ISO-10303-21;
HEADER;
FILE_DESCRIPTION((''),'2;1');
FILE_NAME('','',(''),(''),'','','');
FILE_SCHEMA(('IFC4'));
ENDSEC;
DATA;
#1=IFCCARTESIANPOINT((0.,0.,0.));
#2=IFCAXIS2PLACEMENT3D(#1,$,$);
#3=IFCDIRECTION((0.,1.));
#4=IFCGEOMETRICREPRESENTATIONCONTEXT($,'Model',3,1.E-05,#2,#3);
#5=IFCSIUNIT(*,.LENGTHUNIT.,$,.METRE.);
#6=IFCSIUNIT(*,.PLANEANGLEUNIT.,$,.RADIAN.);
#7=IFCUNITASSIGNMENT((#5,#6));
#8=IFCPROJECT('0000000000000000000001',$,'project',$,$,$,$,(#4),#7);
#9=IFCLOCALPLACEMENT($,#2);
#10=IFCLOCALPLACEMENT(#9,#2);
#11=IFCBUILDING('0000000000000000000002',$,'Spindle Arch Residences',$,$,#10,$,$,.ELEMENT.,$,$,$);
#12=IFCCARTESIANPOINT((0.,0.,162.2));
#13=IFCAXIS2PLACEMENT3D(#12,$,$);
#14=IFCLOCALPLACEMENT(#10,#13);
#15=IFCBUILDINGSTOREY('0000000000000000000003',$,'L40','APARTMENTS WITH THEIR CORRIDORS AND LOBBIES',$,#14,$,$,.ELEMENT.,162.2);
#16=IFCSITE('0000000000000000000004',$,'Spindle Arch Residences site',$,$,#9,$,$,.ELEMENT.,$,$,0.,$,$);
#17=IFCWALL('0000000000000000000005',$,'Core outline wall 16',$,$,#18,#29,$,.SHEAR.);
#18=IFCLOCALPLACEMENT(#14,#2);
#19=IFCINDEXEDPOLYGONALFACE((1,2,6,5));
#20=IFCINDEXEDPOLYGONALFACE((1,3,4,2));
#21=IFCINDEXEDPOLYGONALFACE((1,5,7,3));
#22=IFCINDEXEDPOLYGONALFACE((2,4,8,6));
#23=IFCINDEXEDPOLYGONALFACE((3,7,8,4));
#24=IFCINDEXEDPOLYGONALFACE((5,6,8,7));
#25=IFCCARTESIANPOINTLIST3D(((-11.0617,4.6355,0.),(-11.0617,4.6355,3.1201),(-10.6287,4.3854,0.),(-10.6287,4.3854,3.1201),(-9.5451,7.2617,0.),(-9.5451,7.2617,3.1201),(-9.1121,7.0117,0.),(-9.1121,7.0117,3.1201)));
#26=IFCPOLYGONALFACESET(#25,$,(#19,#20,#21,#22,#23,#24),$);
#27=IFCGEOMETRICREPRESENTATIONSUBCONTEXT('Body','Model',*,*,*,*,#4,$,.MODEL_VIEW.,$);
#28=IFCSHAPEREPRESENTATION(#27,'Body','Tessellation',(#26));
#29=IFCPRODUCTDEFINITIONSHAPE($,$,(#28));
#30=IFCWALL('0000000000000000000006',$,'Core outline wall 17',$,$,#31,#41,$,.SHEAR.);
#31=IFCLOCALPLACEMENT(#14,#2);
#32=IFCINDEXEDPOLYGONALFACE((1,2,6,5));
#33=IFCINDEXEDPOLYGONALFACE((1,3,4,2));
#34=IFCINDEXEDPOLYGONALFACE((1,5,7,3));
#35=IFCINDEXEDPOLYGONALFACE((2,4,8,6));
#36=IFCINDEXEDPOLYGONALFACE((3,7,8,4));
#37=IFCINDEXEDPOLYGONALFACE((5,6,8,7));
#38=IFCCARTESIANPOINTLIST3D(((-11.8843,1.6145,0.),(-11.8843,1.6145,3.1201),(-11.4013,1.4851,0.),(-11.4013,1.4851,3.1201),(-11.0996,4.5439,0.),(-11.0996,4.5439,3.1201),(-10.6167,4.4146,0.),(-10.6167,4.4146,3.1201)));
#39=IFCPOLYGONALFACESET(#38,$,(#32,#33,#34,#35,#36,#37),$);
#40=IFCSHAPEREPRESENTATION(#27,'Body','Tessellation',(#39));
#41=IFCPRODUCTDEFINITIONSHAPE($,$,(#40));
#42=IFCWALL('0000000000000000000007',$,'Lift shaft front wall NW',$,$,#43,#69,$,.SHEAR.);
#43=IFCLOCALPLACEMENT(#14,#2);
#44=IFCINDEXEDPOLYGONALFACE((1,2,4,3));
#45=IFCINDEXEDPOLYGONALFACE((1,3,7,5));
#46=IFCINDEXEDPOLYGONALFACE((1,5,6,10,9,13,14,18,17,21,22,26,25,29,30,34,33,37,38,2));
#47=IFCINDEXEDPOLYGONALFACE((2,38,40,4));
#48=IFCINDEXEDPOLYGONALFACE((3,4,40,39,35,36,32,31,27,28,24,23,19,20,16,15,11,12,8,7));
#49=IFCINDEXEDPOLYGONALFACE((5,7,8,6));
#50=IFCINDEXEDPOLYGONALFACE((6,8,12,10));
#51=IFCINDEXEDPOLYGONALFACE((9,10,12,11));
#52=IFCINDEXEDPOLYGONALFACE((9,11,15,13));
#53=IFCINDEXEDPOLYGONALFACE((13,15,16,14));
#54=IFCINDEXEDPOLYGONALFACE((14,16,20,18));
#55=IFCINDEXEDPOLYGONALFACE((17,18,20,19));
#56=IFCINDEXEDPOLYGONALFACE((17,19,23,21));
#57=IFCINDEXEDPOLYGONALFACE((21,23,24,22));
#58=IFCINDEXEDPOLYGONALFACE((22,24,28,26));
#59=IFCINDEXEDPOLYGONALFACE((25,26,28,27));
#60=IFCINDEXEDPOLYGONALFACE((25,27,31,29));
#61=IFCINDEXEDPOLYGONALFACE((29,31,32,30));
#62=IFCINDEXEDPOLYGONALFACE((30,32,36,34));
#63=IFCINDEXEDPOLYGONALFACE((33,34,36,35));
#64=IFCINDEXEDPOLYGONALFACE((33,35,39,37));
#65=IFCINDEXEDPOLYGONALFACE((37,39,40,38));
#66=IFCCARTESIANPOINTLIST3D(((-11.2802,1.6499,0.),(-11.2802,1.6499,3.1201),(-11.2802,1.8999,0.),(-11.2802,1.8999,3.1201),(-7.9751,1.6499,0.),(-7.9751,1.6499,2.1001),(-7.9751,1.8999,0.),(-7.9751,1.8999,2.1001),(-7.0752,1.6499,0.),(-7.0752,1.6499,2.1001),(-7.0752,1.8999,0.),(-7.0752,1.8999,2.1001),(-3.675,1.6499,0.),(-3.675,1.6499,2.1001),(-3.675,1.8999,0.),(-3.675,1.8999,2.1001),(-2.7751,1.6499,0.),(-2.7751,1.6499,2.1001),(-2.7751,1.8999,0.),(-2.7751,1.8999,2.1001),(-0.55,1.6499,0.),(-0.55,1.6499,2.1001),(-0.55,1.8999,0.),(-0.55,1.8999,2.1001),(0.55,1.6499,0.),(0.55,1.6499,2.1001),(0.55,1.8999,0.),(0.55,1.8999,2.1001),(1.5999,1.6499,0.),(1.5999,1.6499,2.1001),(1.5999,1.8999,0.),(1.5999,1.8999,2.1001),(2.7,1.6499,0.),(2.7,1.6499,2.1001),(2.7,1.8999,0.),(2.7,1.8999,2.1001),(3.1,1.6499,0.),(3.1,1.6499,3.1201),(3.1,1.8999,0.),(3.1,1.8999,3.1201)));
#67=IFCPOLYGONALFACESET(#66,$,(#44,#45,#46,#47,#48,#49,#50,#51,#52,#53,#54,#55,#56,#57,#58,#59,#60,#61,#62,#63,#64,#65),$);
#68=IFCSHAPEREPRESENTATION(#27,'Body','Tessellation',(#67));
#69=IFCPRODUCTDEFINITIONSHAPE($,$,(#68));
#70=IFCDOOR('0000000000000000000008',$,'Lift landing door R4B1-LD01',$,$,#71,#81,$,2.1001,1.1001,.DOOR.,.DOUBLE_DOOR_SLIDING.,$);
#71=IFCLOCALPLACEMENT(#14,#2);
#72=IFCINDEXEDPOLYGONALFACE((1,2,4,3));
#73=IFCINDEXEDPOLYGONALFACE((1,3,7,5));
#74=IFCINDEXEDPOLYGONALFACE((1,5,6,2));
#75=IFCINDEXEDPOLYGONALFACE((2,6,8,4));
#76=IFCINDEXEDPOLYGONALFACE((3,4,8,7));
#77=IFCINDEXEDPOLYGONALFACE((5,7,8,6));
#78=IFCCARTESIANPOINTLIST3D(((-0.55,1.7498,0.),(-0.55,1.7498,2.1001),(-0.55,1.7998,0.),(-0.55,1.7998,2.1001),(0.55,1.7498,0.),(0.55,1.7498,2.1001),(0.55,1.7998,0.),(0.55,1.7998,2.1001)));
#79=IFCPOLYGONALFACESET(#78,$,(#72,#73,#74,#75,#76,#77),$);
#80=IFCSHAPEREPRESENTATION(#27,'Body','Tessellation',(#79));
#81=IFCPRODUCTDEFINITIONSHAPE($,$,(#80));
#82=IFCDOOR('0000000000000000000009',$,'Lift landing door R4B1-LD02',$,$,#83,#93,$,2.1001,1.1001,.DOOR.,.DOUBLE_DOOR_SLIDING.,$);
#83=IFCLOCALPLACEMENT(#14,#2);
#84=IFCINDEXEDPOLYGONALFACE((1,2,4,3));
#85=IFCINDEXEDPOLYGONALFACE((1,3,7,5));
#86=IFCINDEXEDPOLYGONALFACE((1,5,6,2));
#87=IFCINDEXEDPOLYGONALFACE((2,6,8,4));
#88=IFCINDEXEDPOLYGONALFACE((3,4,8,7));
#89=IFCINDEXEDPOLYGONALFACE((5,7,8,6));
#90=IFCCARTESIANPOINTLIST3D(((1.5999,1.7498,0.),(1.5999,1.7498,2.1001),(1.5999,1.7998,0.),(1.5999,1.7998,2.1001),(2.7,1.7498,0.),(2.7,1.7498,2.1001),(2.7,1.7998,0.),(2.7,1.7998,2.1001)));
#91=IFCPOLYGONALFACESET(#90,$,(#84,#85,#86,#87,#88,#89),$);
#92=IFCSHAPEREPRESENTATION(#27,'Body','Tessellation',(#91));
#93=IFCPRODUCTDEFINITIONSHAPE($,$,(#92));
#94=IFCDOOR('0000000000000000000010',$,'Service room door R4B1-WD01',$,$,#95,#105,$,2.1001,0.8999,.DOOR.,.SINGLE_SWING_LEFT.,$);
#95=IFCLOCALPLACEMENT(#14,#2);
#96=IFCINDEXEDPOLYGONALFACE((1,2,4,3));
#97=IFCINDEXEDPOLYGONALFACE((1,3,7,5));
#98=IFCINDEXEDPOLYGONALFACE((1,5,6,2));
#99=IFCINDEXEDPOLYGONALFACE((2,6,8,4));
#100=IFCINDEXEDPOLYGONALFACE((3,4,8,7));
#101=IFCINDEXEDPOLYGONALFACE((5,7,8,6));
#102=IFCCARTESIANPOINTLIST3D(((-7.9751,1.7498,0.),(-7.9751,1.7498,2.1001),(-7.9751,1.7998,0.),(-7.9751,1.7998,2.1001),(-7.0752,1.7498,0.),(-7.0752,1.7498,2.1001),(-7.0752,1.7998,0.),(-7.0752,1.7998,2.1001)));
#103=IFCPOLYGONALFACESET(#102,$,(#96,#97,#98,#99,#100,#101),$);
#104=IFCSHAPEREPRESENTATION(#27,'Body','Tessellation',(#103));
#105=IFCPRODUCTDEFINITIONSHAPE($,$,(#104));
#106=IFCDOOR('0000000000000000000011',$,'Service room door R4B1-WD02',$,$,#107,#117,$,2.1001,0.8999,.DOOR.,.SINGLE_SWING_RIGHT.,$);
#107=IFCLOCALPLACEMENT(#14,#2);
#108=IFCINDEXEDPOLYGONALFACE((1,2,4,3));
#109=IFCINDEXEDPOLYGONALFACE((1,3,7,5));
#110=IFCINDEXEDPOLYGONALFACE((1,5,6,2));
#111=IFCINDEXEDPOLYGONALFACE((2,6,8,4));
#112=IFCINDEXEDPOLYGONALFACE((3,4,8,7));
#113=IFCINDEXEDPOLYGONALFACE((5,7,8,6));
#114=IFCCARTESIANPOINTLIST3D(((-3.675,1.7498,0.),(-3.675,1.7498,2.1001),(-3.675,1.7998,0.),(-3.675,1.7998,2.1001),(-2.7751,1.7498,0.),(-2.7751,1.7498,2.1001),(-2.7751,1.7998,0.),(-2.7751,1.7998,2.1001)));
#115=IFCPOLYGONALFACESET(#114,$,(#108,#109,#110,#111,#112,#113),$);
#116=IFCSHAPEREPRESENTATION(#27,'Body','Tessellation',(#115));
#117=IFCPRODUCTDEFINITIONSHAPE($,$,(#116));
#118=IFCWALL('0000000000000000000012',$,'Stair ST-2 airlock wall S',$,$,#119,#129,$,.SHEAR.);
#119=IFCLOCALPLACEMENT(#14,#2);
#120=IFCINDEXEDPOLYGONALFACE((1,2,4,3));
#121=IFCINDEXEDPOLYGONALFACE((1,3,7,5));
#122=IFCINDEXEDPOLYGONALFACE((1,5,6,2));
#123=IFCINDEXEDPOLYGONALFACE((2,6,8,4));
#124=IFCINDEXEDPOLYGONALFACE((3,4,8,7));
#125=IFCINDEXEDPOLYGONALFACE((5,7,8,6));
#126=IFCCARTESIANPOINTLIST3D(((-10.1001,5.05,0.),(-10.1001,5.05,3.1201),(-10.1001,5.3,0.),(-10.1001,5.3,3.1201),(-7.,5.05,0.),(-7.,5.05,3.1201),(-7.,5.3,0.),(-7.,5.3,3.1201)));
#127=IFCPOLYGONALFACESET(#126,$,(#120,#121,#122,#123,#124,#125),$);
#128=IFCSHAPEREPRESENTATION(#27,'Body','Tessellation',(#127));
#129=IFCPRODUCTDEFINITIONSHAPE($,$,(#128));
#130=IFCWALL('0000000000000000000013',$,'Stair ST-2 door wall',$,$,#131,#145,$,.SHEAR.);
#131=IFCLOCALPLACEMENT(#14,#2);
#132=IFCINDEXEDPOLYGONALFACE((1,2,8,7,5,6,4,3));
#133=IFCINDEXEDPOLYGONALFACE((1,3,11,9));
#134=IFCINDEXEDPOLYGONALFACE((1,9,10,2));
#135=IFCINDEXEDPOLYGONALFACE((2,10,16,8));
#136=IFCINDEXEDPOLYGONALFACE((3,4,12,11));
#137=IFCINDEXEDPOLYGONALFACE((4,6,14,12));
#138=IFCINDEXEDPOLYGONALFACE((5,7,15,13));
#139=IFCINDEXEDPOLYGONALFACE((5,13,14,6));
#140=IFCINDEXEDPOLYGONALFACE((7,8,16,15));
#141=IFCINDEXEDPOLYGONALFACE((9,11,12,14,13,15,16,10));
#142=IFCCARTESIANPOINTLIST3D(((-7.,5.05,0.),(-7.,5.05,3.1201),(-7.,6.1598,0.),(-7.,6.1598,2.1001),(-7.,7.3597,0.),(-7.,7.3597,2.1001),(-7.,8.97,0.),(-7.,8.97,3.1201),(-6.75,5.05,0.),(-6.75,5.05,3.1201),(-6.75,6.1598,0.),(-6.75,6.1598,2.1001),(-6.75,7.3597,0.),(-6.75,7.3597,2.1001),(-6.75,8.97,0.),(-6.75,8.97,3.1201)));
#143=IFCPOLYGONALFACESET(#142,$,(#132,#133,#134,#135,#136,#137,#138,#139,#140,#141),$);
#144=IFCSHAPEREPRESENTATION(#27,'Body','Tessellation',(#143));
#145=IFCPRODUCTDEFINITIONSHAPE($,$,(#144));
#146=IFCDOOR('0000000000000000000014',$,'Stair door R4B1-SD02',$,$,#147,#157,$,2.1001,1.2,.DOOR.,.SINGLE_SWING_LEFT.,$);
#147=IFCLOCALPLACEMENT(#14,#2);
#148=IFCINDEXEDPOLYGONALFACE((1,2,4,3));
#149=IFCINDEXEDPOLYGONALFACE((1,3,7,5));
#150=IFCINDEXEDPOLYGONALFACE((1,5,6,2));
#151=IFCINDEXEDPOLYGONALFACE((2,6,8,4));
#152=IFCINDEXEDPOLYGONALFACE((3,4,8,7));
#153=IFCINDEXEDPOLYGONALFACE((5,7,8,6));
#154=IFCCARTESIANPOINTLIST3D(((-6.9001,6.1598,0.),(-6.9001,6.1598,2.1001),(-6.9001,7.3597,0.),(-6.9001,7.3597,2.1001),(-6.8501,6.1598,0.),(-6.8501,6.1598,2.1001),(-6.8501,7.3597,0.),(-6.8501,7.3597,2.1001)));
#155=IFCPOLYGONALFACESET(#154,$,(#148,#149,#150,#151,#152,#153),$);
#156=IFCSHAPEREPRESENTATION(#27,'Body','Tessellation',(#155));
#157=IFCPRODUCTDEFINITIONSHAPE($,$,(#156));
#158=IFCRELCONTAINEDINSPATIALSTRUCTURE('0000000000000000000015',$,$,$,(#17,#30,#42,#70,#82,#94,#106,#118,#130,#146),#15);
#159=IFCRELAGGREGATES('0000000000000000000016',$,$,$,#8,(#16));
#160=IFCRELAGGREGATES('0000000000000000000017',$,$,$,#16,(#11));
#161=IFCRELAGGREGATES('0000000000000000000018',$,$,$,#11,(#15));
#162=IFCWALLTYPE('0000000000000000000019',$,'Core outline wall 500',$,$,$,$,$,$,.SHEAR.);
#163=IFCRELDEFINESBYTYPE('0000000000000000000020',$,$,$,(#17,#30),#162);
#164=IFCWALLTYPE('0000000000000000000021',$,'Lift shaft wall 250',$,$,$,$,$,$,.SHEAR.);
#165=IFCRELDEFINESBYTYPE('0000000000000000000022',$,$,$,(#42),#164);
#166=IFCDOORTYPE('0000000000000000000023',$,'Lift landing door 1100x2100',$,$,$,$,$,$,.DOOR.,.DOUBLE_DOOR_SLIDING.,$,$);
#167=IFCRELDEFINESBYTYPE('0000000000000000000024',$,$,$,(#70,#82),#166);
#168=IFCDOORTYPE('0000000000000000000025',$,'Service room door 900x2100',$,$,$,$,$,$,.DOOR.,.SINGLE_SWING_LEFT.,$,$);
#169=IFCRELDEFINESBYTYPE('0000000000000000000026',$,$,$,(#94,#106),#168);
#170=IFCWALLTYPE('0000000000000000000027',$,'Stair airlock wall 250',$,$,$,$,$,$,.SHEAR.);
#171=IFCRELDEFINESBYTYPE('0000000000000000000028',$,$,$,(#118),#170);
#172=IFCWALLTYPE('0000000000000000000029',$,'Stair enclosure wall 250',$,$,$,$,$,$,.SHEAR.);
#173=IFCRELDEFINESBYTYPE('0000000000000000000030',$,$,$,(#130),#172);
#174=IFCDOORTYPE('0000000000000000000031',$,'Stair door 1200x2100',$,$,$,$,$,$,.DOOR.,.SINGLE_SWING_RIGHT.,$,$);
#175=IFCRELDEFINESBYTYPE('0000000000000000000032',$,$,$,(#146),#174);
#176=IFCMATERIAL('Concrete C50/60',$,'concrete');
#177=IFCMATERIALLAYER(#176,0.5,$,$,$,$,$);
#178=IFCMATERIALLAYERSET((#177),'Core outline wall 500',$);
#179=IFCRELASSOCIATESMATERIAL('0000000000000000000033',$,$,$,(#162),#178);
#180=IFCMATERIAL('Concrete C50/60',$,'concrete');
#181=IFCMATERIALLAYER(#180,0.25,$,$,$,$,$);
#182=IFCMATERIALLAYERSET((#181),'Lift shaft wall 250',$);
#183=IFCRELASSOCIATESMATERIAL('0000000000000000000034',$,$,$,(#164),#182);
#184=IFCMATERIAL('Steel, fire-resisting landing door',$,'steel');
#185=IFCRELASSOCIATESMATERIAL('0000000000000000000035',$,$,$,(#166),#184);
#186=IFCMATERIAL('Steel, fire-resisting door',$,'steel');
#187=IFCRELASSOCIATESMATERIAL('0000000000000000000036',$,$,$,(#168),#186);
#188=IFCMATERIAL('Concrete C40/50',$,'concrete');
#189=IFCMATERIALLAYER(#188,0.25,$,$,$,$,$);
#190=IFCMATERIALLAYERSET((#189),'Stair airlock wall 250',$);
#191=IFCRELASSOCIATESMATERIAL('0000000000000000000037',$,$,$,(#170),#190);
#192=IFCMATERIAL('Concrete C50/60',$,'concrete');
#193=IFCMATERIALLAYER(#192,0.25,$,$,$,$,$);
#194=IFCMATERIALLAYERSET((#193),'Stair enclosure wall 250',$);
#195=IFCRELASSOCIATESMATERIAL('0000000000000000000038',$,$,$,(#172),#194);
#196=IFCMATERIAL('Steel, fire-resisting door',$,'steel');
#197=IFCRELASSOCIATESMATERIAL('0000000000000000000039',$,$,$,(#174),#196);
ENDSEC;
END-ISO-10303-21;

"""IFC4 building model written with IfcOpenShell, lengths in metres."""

from ifc_helpers import new_model, si_unit, direction, frame, frame_2d, origin, place, context, subcontext, project, spatial, rectangle, extrude, material, layer, layer_set, type_object, element, fill, save


model = new_model("IFC4")

# Units and contexts
model_context = context("Model", 3, precision=1e-05, world=origin(), true_north=direction((0.0, 1.0)))
body_context = subcontext(model_context, "Body", "Model", "MODEL_VIEW")
ifc_project = project(units=[si_unit("LENGTHUNIT", "METRE"), si_unit("PLANEANGLEUNIT", "RADIAN")], contexts=[model_context])

# Site, building, storey
site_placement = place(None, origin())
site = spatial("IfcSite", under=ifc_project, at=site_placement, Name="Spindle Arch Residences site", CompositionType="ELEMENT", RefElevation=0.0)
building_placement = place(site_placement, origin())
building = spatial("IfcBuilding", under=site, at=building_placement, Name="Spindle Arch Residences", CompositionType="ELEMENT")
storey_placement = place(building_placement, frame((0.0, 0.0, 162.2)))
storey = spatial("IfcBuildingStorey", under=building, at=storey_placement, Name="L40", Description="APARTMENTS WITH THEIR CORRIDORS AND LOBBIES", CompositionType="ELEMENT", Elevation=162.2)

# Walls
ifc_material_1 = material(Name="Concrete C50/60", Category="concrete")
ifc_layer_1 = layer(ifc_material_1, 0.5)
ifc_layer_set_1 = layer_set([ifc_layer_1], Name="Core outline wall 500")
wall_type_1 = type_object("IfcWallType", Name="Core outline wall 500", PredefinedType="SHEAR", material=ifc_layer_set_1)
for number, where, z_axis, x_axis, name in (
    (1, (-9.3286, 7.1367, 0.0), (0.0, 0.0, 1.0), (-0.500087, -0.865975, 0.0), "Core outline wall 16"),
    (2, (-10.8582, 4.4792, 0.0), (0.0, 0.0, 1.0), (-0.258735, -0.965948, 0.0), "Core outline wall 17"),
):
    element("IfcWall", number, at=place(storey_placement, frame(where, z_axis=z_axis, x_axis=x_axis)), inside=storey, type_object=wall_type_1, Name=name, PredefinedType="SHEAR", context=body_context, shape_type="SweptSolid", body=[
        extrude(rectangle(XDim=3.0327, YDim=0.5, at=frame_2d((1.5164, 0.0))), origin(), (0.0, 0.0, 1.0), 3.1201),
    ])

# Wall, openings, doors
ifc_material_2 = material(Name="Concrete C50/60", Category="concrete")
ifc_layer_2 = layer(ifc_material_2, 0.25)
ifc_layer_set_2 = layer_set([ifc_layer_2], Name="Lift shaft wall 250")
wall_type_2 = type_object("IfcWallType", Name="Lift shaft wall 250", PredefinedType="SHEAR", material=ifc_layer_set_2)
wall_1_placement = place(storey_placement, frame((-11.28, 1.7749, 0.0), z_axis=(0.0, 0.0, 1.0), x_axis=(1.0, 0.0, 0.0)))
wall_1 = element("IfcWall", 3, at=wall_1_placement, inside=storey, type_object=wall_type_2, Name="Lift shaft front wall NW", PredefinedType="SHEAR", context=body_context, shape_type="SweptSolid", body=[
    extrude(rectangle(XDim=14.3801, YDim=0.25, at=frame_2d((7.1899, 0.0))), origin(), (0.0, 0.0, 1.0), 3.1201),
])
opening_1_placement = place(wall_1_placement, frame((10.73, 0.0, 0.0)))
opening_1 = element("IfcOpeningElement", 4, at=opening_1_placement, cuts=wall_1, PredefinedType="OPENING", context=body_context, shape_type="SweptSolid", body=[
    extrude(rectangle(XDim=1.1001, YDim=2.1001, at=frame_2d((0.55, 1.05))), frame((0.0, 0.135, 0.0), z_axis=(0.0, -1.0, 0.0), x_axis=(1.0, 0.0, 0.0)), (0.0, 0.0, 1.0), 0.27),
])
opening_2_placement = place(wall_1_placement, frame((12.8799, 0.0, 0.0)))
opening_2 = element("IfcOpeningElement", 5, at=opening_2_placement, cuts=wall_1, PredefinedType="OPENING", context=body_context, shape_type="SweptSolid", body=[
    extrude(rectangle(XDim=1.1001, YDim=2.1001, at=frame_2d((0.55, 1.05))), frame((0.0, 0.135, 0.0), z_axis=(0.0, -1.0, 0.0), x_axis=(1.0, 0.0, 0.0)), (0.0, 0.0, 1.0), 0.27),
])
opening_3_placement = place(wall_1_placement, frame((3.3049, 0.0, 0.0)))
opening_3 = element("IfcOpeningElement", 6, at=opening_3_placement, cuts=wall_1, PredefinedType="OPENING", context=body_context, shape_type="SweptSolid", body=[
    extrude(rectangle(XDim=0.8999, YDim=2.1001, at=frame_2d((0.45, 1.05))), frame((0.0, 0.135, 0.0), z_axis=(0.0, -1.0, 0.0), x_axis=(1.0, 0.0, 0.0)), (0.0, 0.0, 1.0), 0.27),
])
opening_4_placement = place(wall_1_placement, frame((7.605, 0.0, 0.0)))
opening_4 = element("IfcOpeningElement", 7, at=opening_4_placement, cuts=wall_1, PredefinedType="OPENING", context=body_context, shape_type="SweptSolid", body=[
    extrude(rectangle(XDim=0.8999, YDim=2.1001, at=frame_2d((0.45, 1.05))), frame((0.0, 0.135, 0.0), z_axis=(0.0, -1.0, 0.0), x_axis=(1.0, 0.0, 0.0)), (0.0, 0.0, 1.0), 0.27),
])
ifc_material_3 = material(Name="Steel, fire-resisting landing door", Category="steel")
door_type_1 = type_object("IfcDoorType", Name="Lift landing door 1100x2100", OperationType="DOUBLE_DOOR_SLIDING", PredefinedType="DOOR", material=ifc_material_3)
door_1_placement = place(opening_1_placement, origin())
door_1 = element("IfcDoor", 8, at=door_1_placement, inside=storey, type_object=door_type_1, Name="Lift landing door R4B1-LD01", OperationType="DOUBLE_DOOR_SLIDING", OverallHeight=2.1001, OverallWidth=1.1001, PredefinedType="DOOR", context=body_context, shape_type="SweptSolid", body=[
    extrude(rectangle(XDim=1.1001, YDim=2.1001, at=frame_2d((0.55, 1.05))), frame((0.0, 0.0249, 0.0), z_axis=(0.0, -1.0, 0.0), x_axis=(1.0, 0.0, 0.0)), (0.0, 0.0, 1.0), 0.05),
])
fill(opening_1, door_1)
door_2_placement = place(opening_2_placement, origin())
door_2 = element("IfcDoor", 9, at=door_2_placement, inside=storey, type_object=door_type_1, Name="Lift landing door R4B1-LD02", OperationType="DOUBLE_DOOR_SLIDING", OverallHeight=2.1001, OverallWidth=1.1001, PredefinedType="DOOR", context=body_context, shape_type="SweptSolid", body=[
    extrude(rectangle(XDim=1.1001, YDim=2.1001, at=frame_2d((0.55, 1.05))), frame((0.0, 0.0249, 0.0), z_axis=(0.0, -1.0, 0.0), x_axis=(1.0, 0.0, 0.0)), (0.0, 0.0, 1.0), 0.05),
])
fill(opening_2, door_2)
ifc_material_4 = material(Name="Steel, fire-resisting door", Category="steel")
door_type_2 = type_object("IfcDoorType", Name="Service room door 900x2100", OperationType="SINGLE_SWING_LEFT", PredefinedType="DOOR", material=ifc_material_4)
door_3_placement = place(opening_3_placement, origin())
door_3 = element("IfcDoor", 10, at=door_3_placement, inside=storey, type_object=door_type_2, Name="Service room door R4B1-WD01", OperationType="SINGLE_SWING_LEFT", OverallHeight=2.1001, OverallWidth=0.8999, PredefinedType="DOOR", context=body_context, shape_type="SweptSolid", body=[
    extrude(rectangle(XDim=0.8999, YDim=2.1001, at=frame_2d((0.45, 1.05))), frame((0.0, 0.0249, 0.0), z_axis=(0.0, -1.0, 0.0), x_axis=(1.0, 0.0, 0.0)), (0.0, 0.0, 1.0), 0.05),
])
fill(opening_3, door_3)
door_4_placement = place(opening_4_placement, origin())
door_4 = element("IfcDoor", 11, at=door_4_placement, inside=storey, type_object=door_type_2, Name="Service room door R4B1-WD02", OperationType="SINGLE_SWING_RIGHT", OverallHeight=2.1001, OverallWidth=0.8999, PredefinedType="DOOR", context=body_context, shape_type="SweptSolid", body=[
    extrude(rectangle(XDim=0.8999, YDim=2.1001, at=frame_2d((0.45, 1.05))), frame((0.0, 0.0249, 0.0), z_axis=(0.0, -1.0, 0.0), x_axis=(1.0, 0.0, 0.0)), (0.0, 0.0, 1.0), 0.05),
])
fill(opening_4, door_4)

# Wall
ifc_material_5 = material(Name="Concrete C40/50", Category="concrete")
ifc_layer_3 = layer(ifc_material_5, 0.25)
ifc_layer_set_3 = layer_set([ifc_layer_3], Name="Stair airlock wall 250")
wall_type_3 = type_object("IfcWallType", Name="Stair airlock wall 250", PredefinedType="SHEAR", material=ifc_layer_set_3)
wall_2_placement = place(storey_placement, frame((-7.0, 5.175, 0.0), z_axis=(0.0, 0.0, 1.0), x_axis=(-1.0, 0.0, 0.0)))
element("IfcWall", 12, at=wall_2_placement, inside=storey, type_object=wall_type_3, Name="Stair ST-2 airlock wall S", PredefinedType="SHEAR", context=body_context, shape_type="SweptSolid", body=[
    extrude(rectangle(XDim=3.1001, YDim=0.25, at=frame_2d((1.55, 0.0))), origin(), (0.0, 0.0, 1.0), 3.1201),
])

# Wall, opening, door
ifc_material_6 = material(Name="Concrete C50/60", Category="concrete")
ifc_layer_4 = layer(ifc_material_6, 0.25)
ifc_layer_set_4 = layer_set([ifc_layer_4], Name="Stair enclosure wall 250")
wall_type_4 = type_object("IfcWallType", Name="Stair enclosure wall 250", PredefinedType="SHEAR", material=ifc_layer_set_4)
wall_3_placement = place(storey_placement, frame((-6.875, 8.97, 0.0), z_axis=(0.0, 0.0, 1.0), x_axis=(0.0, -1.0, 0.0)))
wall_3 = element("IfcWall", 13, at=wall_3_placement, inside=storey, type_object=wall_type_4, Name="Stair ST-2 door wall", PredefinedType="SHEAR", context=body_context, shape_type="SweptSolid", body=[
    extrude(rectangle(XDim=3.9199, YDim=0.25, at=frame_2d((1.96, 0.0))), origin(), (0.0, 0.0, 1.0), 3.1201),
])
opening_5_placement = place(wall_3_placement, frame((1.6101, 0.0, 0.0)))
opening_5 = element("IfcOpeningElement", 14, at=opening_5_placement, cuts=wall_3, PredefinedType="OPENING", context=body_context, shape_type="SweptSolid", body=[
    extrude(rectangle(XDim=1.2, YDim=2.1001, at=frame_2d((0.6001, 1.05))), frame((0.0, 0.135, 0.0), z_axis=(0.0, -1.0, 0.0), x_axis=(1.0, 0.0, 0.0)), (0.0, 0.0, 1.0), 0.27),
])
ifc_material_7 = material(Name="Steel, fire-resisting door", Category="steel")
door_type_3 = type_object("IfcDoorType", Name="Stair door 1200x2100", OperationType="SINGLE_SWING_RIGHT", PredefinedType="DOOR", material=ifc_material_7)
door_5_placement = place(opening_5_placement, origin())
door_5 = element("IfcDoor", 15, at=door_5_placement, inside=storey, type_object=door_type_3, Name="Stair door R4B1-SD02", OperationType="SINGLE_SWING_LEFT", OverallHeight=2.1001, OverallWidth=1.2, PredefinedType="DOOR", context=body_context, shape_type="SweptSolid", body=[
    extrude(rectangle(XDim=1.2, YDim=2.1001, at=frame_2d((0.6001, 1.05))), frame((0.0, 0.0249, 0.0), z_axis=(0.0, -1.0, 0.0), x_axis=(1.0, 0.0, 0.0)), (0.0, 0.0, 1.0), 0.05),
])
fill(opening_5, door_5)

save(model, "model.ifc")
